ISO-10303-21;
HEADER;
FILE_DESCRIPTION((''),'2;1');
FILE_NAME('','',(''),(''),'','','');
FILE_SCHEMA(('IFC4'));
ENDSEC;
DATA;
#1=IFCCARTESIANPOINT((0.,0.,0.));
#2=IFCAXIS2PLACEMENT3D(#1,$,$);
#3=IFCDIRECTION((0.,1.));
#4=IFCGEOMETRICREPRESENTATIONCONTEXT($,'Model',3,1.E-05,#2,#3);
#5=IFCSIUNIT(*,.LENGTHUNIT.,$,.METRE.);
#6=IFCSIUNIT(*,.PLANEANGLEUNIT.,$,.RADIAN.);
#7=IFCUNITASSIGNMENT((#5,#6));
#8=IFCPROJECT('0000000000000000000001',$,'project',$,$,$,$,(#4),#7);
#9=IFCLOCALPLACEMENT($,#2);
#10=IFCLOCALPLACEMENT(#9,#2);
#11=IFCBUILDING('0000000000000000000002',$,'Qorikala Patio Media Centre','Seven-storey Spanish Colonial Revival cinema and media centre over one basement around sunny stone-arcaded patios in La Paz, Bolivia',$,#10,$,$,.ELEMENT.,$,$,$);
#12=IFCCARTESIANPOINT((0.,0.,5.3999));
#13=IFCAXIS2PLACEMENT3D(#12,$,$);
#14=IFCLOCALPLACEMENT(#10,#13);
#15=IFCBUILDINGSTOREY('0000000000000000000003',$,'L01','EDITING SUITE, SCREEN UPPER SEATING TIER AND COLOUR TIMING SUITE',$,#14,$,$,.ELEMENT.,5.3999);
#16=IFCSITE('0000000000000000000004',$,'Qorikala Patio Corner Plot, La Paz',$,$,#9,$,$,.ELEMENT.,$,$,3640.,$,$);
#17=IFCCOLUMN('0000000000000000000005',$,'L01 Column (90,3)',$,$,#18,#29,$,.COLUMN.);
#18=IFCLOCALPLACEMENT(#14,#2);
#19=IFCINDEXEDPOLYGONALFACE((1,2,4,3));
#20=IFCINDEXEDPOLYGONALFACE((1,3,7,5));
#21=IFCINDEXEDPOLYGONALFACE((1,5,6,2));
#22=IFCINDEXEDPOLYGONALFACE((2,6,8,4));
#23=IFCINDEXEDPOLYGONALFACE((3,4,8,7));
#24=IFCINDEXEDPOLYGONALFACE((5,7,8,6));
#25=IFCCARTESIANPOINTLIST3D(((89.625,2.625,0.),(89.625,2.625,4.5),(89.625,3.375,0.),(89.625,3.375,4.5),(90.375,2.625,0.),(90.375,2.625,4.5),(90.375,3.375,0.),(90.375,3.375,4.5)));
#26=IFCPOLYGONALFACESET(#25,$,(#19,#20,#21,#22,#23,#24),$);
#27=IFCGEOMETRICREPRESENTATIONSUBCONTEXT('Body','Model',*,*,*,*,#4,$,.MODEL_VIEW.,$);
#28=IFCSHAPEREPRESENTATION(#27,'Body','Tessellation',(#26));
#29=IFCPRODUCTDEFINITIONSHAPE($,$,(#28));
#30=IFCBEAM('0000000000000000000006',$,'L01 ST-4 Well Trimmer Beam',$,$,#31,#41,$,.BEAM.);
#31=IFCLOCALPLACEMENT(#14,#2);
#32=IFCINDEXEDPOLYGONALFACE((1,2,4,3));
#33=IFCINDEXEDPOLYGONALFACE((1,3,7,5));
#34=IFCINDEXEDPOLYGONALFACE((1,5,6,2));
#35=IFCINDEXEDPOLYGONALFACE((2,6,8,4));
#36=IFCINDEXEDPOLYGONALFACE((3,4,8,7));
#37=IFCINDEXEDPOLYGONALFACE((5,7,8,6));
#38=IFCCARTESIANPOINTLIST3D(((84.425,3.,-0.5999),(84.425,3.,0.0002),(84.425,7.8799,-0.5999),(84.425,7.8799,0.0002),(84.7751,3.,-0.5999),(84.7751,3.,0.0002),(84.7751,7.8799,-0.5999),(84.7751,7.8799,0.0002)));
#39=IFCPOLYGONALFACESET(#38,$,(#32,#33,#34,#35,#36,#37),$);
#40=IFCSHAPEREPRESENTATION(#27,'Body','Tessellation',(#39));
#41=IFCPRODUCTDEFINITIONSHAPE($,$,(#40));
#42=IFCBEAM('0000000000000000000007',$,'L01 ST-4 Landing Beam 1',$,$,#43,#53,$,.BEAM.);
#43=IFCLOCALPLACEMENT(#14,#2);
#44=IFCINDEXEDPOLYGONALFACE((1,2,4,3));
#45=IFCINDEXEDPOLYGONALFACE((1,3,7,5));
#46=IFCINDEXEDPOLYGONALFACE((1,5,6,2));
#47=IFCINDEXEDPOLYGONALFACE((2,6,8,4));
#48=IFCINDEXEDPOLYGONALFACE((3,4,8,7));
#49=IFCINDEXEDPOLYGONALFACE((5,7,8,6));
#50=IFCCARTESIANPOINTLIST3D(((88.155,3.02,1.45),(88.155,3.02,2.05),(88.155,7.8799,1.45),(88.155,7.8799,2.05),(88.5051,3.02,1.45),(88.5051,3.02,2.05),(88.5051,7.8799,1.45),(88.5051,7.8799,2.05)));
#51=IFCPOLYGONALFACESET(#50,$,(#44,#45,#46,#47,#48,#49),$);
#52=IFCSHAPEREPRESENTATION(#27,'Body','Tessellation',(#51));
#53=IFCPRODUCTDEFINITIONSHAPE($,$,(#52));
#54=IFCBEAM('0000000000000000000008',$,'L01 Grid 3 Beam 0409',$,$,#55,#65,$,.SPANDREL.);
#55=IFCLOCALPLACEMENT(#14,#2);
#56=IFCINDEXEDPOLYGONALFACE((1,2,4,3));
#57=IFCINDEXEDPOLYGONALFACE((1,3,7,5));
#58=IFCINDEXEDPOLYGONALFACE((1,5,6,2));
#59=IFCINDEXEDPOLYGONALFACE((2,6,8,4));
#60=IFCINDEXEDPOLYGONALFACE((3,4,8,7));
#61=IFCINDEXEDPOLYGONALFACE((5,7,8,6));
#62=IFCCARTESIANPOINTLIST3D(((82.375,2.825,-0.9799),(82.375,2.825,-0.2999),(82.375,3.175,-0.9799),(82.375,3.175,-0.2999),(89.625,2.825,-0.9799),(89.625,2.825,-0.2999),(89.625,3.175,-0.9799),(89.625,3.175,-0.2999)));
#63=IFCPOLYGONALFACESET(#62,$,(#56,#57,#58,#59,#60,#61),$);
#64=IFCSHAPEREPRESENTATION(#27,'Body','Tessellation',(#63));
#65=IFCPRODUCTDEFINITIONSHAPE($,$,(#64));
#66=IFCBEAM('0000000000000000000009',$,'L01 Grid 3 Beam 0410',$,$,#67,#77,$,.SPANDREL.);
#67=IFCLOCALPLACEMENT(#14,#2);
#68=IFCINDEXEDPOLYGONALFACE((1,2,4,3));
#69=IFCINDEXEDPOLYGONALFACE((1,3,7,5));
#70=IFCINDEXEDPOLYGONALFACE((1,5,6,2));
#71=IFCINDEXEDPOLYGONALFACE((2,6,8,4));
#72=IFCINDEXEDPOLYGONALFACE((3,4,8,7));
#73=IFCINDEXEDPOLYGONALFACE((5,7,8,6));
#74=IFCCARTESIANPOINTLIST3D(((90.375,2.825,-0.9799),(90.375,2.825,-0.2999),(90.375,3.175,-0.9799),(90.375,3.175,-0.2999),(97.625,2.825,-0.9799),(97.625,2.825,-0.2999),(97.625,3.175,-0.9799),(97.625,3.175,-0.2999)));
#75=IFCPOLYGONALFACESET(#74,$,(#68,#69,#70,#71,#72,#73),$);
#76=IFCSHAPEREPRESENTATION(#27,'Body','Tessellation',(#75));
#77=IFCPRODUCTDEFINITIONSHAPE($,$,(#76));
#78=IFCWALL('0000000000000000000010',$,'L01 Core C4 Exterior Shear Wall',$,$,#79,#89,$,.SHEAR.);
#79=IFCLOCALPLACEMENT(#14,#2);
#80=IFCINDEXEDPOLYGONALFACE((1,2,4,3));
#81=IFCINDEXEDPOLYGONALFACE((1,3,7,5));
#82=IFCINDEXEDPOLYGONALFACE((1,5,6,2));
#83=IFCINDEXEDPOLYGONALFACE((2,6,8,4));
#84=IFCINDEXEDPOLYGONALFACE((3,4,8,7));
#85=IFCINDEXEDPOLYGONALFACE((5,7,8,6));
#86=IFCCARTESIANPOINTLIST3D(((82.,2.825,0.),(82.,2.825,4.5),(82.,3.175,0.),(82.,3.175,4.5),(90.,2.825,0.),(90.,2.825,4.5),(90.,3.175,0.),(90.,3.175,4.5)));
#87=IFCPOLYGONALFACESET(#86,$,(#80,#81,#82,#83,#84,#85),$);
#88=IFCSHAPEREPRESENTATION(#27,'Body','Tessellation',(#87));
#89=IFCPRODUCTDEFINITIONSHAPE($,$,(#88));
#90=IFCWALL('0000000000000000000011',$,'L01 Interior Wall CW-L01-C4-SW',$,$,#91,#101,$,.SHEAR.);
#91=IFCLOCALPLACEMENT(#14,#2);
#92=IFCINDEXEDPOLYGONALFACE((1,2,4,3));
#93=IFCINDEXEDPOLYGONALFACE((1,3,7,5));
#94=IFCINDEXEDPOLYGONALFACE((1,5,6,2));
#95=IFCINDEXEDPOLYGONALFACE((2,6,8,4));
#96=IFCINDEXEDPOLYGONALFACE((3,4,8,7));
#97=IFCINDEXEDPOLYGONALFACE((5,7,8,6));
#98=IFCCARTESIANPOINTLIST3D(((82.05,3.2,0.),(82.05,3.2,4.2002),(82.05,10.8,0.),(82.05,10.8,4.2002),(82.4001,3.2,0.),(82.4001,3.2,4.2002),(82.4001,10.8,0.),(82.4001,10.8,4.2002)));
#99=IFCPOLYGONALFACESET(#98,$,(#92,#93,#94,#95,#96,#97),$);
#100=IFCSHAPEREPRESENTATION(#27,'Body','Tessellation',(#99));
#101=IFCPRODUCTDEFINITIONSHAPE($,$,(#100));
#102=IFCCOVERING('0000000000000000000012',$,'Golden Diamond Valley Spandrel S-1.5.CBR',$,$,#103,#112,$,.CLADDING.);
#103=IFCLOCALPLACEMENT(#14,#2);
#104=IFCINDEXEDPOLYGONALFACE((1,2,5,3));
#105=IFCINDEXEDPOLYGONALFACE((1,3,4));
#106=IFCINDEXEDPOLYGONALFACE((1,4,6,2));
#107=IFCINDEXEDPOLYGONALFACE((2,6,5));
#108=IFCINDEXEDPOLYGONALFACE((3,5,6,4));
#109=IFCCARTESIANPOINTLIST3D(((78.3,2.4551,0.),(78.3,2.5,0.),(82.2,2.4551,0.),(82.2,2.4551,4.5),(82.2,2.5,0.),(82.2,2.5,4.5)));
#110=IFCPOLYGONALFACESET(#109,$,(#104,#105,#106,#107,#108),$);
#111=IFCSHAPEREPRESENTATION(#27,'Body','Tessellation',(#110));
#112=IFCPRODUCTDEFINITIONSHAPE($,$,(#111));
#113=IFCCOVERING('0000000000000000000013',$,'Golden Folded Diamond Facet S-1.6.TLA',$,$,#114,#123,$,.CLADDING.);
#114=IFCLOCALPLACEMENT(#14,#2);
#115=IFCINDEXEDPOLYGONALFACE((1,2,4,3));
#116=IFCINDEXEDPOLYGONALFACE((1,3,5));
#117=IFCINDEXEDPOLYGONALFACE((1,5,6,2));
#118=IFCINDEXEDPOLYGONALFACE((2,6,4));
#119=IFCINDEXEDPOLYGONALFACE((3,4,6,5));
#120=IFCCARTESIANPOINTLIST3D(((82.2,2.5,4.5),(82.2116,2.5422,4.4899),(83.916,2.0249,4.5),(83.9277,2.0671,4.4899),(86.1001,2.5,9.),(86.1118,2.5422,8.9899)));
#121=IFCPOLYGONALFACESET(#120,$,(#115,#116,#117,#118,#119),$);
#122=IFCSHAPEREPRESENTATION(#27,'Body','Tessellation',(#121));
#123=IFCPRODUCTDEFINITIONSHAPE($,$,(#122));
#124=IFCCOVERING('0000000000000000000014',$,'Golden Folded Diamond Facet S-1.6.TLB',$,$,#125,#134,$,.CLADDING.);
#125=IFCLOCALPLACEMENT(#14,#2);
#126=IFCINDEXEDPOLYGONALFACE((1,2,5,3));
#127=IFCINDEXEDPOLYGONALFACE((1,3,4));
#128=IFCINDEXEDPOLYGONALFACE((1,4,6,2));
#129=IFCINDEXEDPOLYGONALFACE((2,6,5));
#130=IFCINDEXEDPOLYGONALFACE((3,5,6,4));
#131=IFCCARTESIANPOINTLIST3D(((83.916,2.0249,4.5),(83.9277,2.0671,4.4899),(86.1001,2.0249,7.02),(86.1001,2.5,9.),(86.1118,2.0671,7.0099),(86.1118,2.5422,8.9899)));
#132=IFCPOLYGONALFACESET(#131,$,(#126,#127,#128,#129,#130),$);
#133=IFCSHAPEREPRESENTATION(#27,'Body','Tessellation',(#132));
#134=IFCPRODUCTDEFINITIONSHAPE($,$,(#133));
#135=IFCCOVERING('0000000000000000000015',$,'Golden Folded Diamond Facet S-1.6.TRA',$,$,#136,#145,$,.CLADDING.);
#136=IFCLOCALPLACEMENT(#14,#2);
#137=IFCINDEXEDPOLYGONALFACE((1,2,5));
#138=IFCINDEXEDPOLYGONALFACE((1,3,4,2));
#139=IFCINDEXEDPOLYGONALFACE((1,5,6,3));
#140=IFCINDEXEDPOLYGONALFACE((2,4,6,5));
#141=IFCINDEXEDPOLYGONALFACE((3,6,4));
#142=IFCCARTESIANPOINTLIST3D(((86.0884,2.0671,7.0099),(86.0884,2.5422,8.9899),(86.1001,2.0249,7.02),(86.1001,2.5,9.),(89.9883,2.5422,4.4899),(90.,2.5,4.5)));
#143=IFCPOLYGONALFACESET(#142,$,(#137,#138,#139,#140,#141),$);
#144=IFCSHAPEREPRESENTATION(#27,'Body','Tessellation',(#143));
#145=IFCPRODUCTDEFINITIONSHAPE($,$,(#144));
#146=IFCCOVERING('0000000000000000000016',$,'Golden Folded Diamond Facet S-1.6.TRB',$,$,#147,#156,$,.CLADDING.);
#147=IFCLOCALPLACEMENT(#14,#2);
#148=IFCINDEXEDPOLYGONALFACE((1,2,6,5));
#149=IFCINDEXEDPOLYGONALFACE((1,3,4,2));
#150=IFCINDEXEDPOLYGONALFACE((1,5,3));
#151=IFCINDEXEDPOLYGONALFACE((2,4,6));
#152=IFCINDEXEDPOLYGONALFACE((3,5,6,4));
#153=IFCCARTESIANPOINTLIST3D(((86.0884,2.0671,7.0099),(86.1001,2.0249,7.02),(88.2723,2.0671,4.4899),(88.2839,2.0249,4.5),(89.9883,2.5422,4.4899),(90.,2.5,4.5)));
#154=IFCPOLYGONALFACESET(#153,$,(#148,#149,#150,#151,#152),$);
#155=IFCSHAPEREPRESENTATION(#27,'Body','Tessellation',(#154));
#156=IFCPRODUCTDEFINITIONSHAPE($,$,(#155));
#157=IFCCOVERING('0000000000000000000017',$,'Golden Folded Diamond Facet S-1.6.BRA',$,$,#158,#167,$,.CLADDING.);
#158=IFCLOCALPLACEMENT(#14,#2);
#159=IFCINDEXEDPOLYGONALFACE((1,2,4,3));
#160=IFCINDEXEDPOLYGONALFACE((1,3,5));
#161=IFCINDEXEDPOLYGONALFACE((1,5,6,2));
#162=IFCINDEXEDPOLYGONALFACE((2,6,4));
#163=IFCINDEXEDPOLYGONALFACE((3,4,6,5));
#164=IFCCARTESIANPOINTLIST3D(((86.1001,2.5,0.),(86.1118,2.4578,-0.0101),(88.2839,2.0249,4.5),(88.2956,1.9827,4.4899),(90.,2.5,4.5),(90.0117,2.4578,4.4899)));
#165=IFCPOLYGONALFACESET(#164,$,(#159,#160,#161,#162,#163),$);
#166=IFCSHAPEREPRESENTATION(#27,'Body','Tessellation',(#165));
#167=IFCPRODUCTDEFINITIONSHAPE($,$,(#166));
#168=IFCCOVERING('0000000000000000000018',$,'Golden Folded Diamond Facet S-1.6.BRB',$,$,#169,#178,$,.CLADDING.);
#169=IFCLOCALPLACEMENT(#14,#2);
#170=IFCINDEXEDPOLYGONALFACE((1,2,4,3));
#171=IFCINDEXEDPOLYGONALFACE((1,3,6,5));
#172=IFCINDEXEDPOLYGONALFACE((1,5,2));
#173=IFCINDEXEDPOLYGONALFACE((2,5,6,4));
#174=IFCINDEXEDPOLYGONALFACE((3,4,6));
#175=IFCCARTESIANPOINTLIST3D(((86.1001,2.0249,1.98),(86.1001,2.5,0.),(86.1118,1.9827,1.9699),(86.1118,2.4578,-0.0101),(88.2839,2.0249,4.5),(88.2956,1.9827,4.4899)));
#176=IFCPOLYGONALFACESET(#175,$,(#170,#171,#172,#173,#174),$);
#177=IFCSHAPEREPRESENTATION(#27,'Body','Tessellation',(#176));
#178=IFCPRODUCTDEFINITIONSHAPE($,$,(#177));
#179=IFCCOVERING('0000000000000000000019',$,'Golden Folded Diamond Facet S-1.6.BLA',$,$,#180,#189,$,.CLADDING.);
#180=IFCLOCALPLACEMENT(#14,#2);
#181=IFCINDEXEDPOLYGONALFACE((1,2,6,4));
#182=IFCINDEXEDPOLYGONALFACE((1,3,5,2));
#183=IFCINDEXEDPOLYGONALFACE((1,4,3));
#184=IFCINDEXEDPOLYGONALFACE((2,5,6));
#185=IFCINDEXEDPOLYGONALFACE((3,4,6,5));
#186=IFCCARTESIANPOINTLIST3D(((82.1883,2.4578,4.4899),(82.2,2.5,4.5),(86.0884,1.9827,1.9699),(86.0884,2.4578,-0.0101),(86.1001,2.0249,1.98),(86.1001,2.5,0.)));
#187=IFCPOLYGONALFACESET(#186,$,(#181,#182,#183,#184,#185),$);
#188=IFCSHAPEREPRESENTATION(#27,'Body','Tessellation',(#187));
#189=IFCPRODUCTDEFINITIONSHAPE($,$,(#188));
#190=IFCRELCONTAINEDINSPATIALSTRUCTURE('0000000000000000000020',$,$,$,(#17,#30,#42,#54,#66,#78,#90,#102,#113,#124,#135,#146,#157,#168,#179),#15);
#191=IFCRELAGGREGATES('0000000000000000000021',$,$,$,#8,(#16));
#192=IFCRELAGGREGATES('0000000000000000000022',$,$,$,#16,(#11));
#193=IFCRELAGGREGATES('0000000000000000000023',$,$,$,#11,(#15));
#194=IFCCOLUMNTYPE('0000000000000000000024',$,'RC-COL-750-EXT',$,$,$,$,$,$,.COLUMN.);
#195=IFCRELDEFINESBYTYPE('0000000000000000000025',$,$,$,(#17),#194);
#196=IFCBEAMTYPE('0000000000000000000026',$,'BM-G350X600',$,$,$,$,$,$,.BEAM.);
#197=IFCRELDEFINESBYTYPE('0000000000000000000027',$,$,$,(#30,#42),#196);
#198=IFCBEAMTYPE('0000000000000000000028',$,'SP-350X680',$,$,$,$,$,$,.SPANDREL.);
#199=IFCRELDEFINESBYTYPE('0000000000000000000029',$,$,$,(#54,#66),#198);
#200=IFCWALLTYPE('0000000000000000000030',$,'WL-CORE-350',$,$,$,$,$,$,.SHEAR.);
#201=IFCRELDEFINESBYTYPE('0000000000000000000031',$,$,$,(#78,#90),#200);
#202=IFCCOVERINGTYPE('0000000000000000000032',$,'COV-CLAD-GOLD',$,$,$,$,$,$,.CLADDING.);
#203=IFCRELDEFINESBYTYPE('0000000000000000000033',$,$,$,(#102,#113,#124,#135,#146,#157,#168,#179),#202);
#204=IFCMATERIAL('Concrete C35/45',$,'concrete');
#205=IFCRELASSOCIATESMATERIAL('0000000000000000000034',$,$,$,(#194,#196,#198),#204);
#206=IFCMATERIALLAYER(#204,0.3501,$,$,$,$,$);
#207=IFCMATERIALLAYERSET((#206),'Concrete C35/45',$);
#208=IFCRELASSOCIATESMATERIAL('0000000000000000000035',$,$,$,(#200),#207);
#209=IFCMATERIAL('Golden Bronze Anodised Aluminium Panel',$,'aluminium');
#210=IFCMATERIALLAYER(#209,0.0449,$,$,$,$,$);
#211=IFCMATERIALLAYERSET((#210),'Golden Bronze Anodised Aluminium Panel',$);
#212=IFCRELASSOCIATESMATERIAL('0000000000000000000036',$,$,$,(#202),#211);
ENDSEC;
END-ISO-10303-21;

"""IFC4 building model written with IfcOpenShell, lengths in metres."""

from ifc_helpers import new_model, si_unit, direction, frame, frame_2d, origin, origin_2d, place, context, subcontext, project, spatial, polyline, rectangle, outline, extrude, material, layer, layer_set, material_profile, profile_set, type_object, element, save


model = new_model("IFC4")

# Units and contexts
model_context = context("Model", 3, precision=1e-05, world=origin(), true_north=direction((0.0, 1.0)))
body_context = subcontext(model_context, "Body", "Model", "MODEL_VIEW")
ifc_project = project(units=[si_unit("LENGTHUNIT", "METRE"), si_unit("PLANEANGLEUNIT", "RADIAN")], contexts=[model_context])

# Site, building, storey
site_placement = place(None, origin())
site = spatial("IfcSite", under=ifc_project, at=site_placement, Name="Qorikala Patio Corner Plot, La Paz", CompositionType="ELEMENT", RefElevation=3640.0)
building_placement = place(site_placement, origin())
building = spatial("IfcBuilding", under=site, at=building_placement, Name="Qorikala Patio Media Centre", Description="Seven-storey Spanish Colonial Revival cinema and media centre over one basement around sunny stone-arcaded patios in La Paz, Bolivia", CompositionType="ELEMENT")
storey_placement = place(building_placement, frame((0.0, 0.0, 5.3999)))
storey = spatial("IfcBuildingStorey", under=building, at=storey_placement, Name="L01", Description="EDITING SUITE, SCREEN UPPER SEATING TIER AND COLOUR TIMING SUITE", CompositionType="ELEMENT", Elevation=5.3999)

# Column
ifc_material_1 = material(Name="Concrete C35/45", Category="concrete")
ifc_material_profile_1 = material_profile(ifc_material_1, rectangle(XDim=0.75, YDim=0.75, at=origin_2d()), Name="RC 750x750")
ifc_profile_set_1 = profile_set([ifc_material_profile_1], Name="Concrete C35/45")
column_type = type_object("IfcColumnType", Name="RC-COL-750-EXT", PredefinedType="COLUMN", material=ifc_profile_set_1)
column_placement = place(storey_placement, frame((90.0, 3.0, 0.0), z_axis=(0.0, 0.0, 1.0), x_axis=(1.0, 0.0, 0.0)))
element("IfcColumn", 1, at=column_placement, inside=storey, type_object=column_type, Name="L01 Column (90,3)", PredefinedType="COLUMN", context=body_context, shape_type="SweptSolid", body=[
    extrude(rectangle(XDim=0.75, YDim=0.75, at=origin_2d()), origin(), (0.0, 0.0, 1.0), 4.5),
])

# Beams
ifc_material_profile_2 = material_profile(ifc_material_1, rectangle(XDim=0.3501, YDim=0.6001, at=origin_2d()), Name="RC 350x600")
ifc_profile_set_2 = profile_set([ifc_material_profile_2], Name="Concrete C35/45")
beam_type_1 = type_object("IfcBeamType", Name="BM-G350X600", PredefinedType="BEAM", material=ifc_profile_set_2)
beam_1_placement = place(storey_placement, frame((84.6001, 3.0, -0.2998), z_axis=(0.0, 1.0, 0.0), x_axis=(-1.0, 0.0, 0.0)))
element("IfcBeam", 2, at=beam_1_placement, inside=storey, type_object=beam_type_1, Name="L01 ST-4 Well Trimmer Beam", PredefinedType="BEAM", context=body_context, shape_type="SweptSolid", body=[
    extrude(rectangle(XDim=0.3501, YDim=0.6001, at=origin_2d()), origin(), (0.0, 0.0, 1.0), 4.8799),
])
beam_2_placement = place(storey_placement, frame((88.3301, 3.02, 1.75), z_axis=(0.0, 1.0, 0.0), x_axis=(-1.0, 0.0, 0.0)))
element("IfcBeam", 3, at=beam_2_placement, inside=storey, type_object=beam_type_1, Name="L01 ST-4 Landing Beam 1", PredefinedType="BEAM", context=body_context, shape_type="SweptSolid", body=[
    extrude(rectangle(XDim=0.3501, YDim=0.6001, at=origin_2d()), origin(), (0.0, 0.0, 1.0), 4.8599),
])
ifc_material_profile_3 = material_profile(ifc_material_1, rectangle(XDim=0.3501, YDim=0.6799, at=origin_2d()), Name="RC 350x680")
ifc_profile_set_3 = profile_set([ifc_material_profile_3], Name="Concrete C35/45")
beam_type_2 = type_object("IfcBeamType", Name="SP-350X680", PredefinedType="SPANDREL", material=ifc_profile_set_3)
for number, where, z_axis, x_axis, name in (
    (4, (82.375, 3.0, -0.6399), (1.0, 0.0, 0.0), (0.0, 1.0, 0.0), "L01 Grid 3 Beam 0409"),
    (5, (90.375, 3.0, -0.6399), (1.0, 0.0, 0.0), (0.0, 1.0, 0.0), "L01 Grid 3 Beam 0410"),
):
    element("IfcBeam", number, at=place(storey_placement, frame(where, z_axis=z_axis, x_axis=x_axis)), inside=storey, type_object=beam_type_2, Name=name, PredefinedType="SPANDREL", context=body_context, shape_type="SweptSolid", body=[
        extrude(rectangle(XDim=0.3501, YDim=0.6799, at=origin_2d()), origin(), (0.0, 0.0, 1.0), 7.25),
    ])

# Walls
ifc_layer_1 = layer(ifc_material_1, 0.3501)
ifc_layer_set_1 = layer_set([ifc_layer_1], Name="Concrete C35/45")
wall_type = type_object("IfcWallType", Name="WL-CORE-350", PredefinedType="SHEAR", material=ifc_layer_set_1)
wall_1_placement = place(storey_placement, frame((90.0, 3.0, 0.0), z_axis=(0.0, 0.0, 1.0), x_axis=(-1.0, 0.0, 0.0)))
element("IfcWall", 6, at=wall_1_placement, inside=storey, type_object=wall_type, Name="L01 Core C4 Exterior Shear Wall", PredefinedType="SHEAR", context=body_context, shape_type="SweptSolid", body=[
    extrude(rectangle(XDim=8.0, YDim=0.3501, at=frame_2d((4.0, 0.0))), origin(), (0.0, 0.0, 1.0), 4.5),
])
wall_2_placement = place(storey_placement, frame((82.2251, 3.2, 0.0), z_axis=(0.0, 0.0, 1.0), x_axis=(0.0, 1.0, 0.0)))
element("IfcWall", 7, at=wall_2_placement, inside=storey, type_object=wall_type, Name="L01 Interior Wall CW-L01-C4-SW", PredefinedType="SHEAR", context=body_context, shape_type="SweptSolid", body=[
    extrude(rectangle(XDim=7.6001, YDim=0.3501, at=frame_2d((3.8, 0.0))), origin(), (0.0, 0.0, 1.0), 4.2002),
])

# Coverings
ifc_material_2 = material(Name="Golden Bronze Anodised Aluminium Panel", Category="aluminium")
ifc_layer_2 = layer(ifc_material_2, 0.0449)
ifc_layer_set_2 = layer_set([ifc_layer_2], Name="Golden Bronze Anodised Aluminium Panel")
covering_type = type_object("IfcCoveringType", Name="COV-CLAD-GOLD", PredefinedType="CLADDING", material=ifc_layer_set_2)
covering_1_placement = place(storey_placement, frame((82.2, 2.5, 0.0), z_axis=(0.0, 1.0, 0.0), x_axis=(-1.0, 0.0, 0.0)))
element("IfcCovering", 8, at=covering_1_placement, inside=storey, type_object=covering_type, Name="Golden Diamond Valley Spandrel S-1.5.CBR", PredefinedType="CLADDING", context=body_context, shape_type="SweptSolid", body=[
    extrude(outline(polyline([(0.0, 0.0), (3.8999, 0.0), (0.0, 4.5), (0.0, 0.0)])), origin(), (0.0, 0.0, -1.0), 0.0449),
])
covering_2_placement = place(storey_placement, frame((86.1001, 2.5, 9.0), z_axis=(-0.259956, -0.938968, 0.225304), x_axis=(-0.654945, 0.0, -0.755677)))
element("IfcCovering", 9, at=covering_2_placement, inside=storey, type_object=covering_type, Name="Golden Folded Diamond Facet S-1.6.TLA", PredefinedType="CLADDING", context=body_context, shape_type="SweptSolid", body=[
    extrude(outline(polyline([(0.0, 0.0), (5.9549, 0.0), (4.831, 1.3811), (0.0, 0.0)])), origin(), (0.0, 0.0, -1.0), 0.0449),
])
covering_3_placement = place(storey_placement, frame((86.1001, 2.5, 9.0), z_axis=(-0.25996, -0.938966, 0.225306), x_axis=(-0.434684, -0.094556, -0.895606)))
element("IfcCovering", 10, at=covering_3_placement, inside=storey, type_object=covering_type, Name="Golden Folded Diamond Facet S-1.6.TLB", PredefinedType="CLADDING", context=body_context, shape_type="SweptSolid", body=[
    extrude(outline(polyline([(0.0, 0.0), (5.0245, 0.0), (1.8182, 0.9166), (0.0, 0.0)])), origin(), (0.0, 0.0, -1.0), 0.0449),
])
covering_4_placement = place(storey_placement, frame((90.0, 2.5, 4.5), z_axis=(0.259974, -0.938963, 0.225305), x_axis=(-0.654921, 0.0, 0.755697)))
element("IfcCovering", 11, at=covering_4_placement, inside=storey, type_object=covering_type, Name="Golden Folded Diamond Facet S-1.6.TRA", PredefinedType="CLADDING", context=body_context, shape_type="SweptSolid", body=[
    extrude(outline(polyline([(0.0, 0.0), (5.9548, 0.0), (4.4585, 1.381), (0.0, 0.0)])), origin(), (0.0, 0.0, -1.0), 0.0449),
])
covering_5_placement = place(storey_placement, frame((90.0, 2.5, 4.5), z_axis=(0.259958, -0.938974, 0.225278), x_axis=(-0.835546, -0.101789, 0.539909)))
element("IfcCovering", 12, at=covering_5_placement, inside=storey, type_object=covering_type, Name="Golden Folded Diamond Facet S-1.6.TRB", PredefinedType="CLADDING", context=body_context, shape_type="SweptSolid", body=[
    extrude(outline(polyline([(0.0, 0.0), (4.6675, 0.0), (1.4822, 0.9867), (0.0, 0.0)])), origin(), (0.0, 0.0, -1.0), 0.0449),
])
covering_6_placement = place(storey_placement, frame((86.1001, 2.5, 0.0), z_axis=(-0.259957, 0.938971, 0.22529), x_axis=(0.654921, 0.0, 0.755697)))
element("IfcCovering", 13, at=covering_6_placement, inside=storey, type_object=covering_type, Name="Golden Folded Diamond Facet S-1.6.BRA", PredefinedType="CLADDING", context=body_context, shape_type="SweptSolid", body=[
    extrude(outline(polyline([(0.0, 0.0), (5.9548, 0.0), (4.8309, -1.3811), (0.0, 0.0)])), origin(), (0.0, 0.0, -1.0), 0.0449),
])
covering_7_placement = place(storey_placement, frame((86.1001, 2.5, 0.0), z_axis=(-0.259987, 0.938959, 0.225304), x_axis=(0.434644, -0.094558, 0.895625)))
element("IfcCovering", 14, at=covering_7_placement, inside=storey, type_object=covering_type, Name="Golden Folded Diamond Facet S-1.6.BRB", PredefinedType="CLADDING", context=body_context, shape_type="SweptSolid", body=[
    extrude(outline(polyline([(0.0, 0.0), (5.0244, 0.0), (1.8182, -0.9165), (0.0, 0.0)])), origin(), (0.0, 0.0, -1.0), 0.0449),
])
covering_8_placement = place(storey_placement, frame((82.2, 2.5, 4.5), z_axis=(0.259958, 0.938967, 0.225306), x_axis=(0.654945, 0.0, -0.755677)))
element("IfcCovering", 15, at=covering_8_placement, inside=storey, type_object=covering_type, Name="Golden Folded Diamond Facet S-1.6.BLA", PredefinedType="CLADDING", context=body_context, shape_type="SweptSolid", body=[
    extrude(outline(polyline([(0.0, 0.0), (5.9549, 0.0), (4.4587, -1.3811), (0.0, 0.0)])), origin(), (0.0, 0.0, -1.0), 0.0449),
])

save(model, "model.ifc")
